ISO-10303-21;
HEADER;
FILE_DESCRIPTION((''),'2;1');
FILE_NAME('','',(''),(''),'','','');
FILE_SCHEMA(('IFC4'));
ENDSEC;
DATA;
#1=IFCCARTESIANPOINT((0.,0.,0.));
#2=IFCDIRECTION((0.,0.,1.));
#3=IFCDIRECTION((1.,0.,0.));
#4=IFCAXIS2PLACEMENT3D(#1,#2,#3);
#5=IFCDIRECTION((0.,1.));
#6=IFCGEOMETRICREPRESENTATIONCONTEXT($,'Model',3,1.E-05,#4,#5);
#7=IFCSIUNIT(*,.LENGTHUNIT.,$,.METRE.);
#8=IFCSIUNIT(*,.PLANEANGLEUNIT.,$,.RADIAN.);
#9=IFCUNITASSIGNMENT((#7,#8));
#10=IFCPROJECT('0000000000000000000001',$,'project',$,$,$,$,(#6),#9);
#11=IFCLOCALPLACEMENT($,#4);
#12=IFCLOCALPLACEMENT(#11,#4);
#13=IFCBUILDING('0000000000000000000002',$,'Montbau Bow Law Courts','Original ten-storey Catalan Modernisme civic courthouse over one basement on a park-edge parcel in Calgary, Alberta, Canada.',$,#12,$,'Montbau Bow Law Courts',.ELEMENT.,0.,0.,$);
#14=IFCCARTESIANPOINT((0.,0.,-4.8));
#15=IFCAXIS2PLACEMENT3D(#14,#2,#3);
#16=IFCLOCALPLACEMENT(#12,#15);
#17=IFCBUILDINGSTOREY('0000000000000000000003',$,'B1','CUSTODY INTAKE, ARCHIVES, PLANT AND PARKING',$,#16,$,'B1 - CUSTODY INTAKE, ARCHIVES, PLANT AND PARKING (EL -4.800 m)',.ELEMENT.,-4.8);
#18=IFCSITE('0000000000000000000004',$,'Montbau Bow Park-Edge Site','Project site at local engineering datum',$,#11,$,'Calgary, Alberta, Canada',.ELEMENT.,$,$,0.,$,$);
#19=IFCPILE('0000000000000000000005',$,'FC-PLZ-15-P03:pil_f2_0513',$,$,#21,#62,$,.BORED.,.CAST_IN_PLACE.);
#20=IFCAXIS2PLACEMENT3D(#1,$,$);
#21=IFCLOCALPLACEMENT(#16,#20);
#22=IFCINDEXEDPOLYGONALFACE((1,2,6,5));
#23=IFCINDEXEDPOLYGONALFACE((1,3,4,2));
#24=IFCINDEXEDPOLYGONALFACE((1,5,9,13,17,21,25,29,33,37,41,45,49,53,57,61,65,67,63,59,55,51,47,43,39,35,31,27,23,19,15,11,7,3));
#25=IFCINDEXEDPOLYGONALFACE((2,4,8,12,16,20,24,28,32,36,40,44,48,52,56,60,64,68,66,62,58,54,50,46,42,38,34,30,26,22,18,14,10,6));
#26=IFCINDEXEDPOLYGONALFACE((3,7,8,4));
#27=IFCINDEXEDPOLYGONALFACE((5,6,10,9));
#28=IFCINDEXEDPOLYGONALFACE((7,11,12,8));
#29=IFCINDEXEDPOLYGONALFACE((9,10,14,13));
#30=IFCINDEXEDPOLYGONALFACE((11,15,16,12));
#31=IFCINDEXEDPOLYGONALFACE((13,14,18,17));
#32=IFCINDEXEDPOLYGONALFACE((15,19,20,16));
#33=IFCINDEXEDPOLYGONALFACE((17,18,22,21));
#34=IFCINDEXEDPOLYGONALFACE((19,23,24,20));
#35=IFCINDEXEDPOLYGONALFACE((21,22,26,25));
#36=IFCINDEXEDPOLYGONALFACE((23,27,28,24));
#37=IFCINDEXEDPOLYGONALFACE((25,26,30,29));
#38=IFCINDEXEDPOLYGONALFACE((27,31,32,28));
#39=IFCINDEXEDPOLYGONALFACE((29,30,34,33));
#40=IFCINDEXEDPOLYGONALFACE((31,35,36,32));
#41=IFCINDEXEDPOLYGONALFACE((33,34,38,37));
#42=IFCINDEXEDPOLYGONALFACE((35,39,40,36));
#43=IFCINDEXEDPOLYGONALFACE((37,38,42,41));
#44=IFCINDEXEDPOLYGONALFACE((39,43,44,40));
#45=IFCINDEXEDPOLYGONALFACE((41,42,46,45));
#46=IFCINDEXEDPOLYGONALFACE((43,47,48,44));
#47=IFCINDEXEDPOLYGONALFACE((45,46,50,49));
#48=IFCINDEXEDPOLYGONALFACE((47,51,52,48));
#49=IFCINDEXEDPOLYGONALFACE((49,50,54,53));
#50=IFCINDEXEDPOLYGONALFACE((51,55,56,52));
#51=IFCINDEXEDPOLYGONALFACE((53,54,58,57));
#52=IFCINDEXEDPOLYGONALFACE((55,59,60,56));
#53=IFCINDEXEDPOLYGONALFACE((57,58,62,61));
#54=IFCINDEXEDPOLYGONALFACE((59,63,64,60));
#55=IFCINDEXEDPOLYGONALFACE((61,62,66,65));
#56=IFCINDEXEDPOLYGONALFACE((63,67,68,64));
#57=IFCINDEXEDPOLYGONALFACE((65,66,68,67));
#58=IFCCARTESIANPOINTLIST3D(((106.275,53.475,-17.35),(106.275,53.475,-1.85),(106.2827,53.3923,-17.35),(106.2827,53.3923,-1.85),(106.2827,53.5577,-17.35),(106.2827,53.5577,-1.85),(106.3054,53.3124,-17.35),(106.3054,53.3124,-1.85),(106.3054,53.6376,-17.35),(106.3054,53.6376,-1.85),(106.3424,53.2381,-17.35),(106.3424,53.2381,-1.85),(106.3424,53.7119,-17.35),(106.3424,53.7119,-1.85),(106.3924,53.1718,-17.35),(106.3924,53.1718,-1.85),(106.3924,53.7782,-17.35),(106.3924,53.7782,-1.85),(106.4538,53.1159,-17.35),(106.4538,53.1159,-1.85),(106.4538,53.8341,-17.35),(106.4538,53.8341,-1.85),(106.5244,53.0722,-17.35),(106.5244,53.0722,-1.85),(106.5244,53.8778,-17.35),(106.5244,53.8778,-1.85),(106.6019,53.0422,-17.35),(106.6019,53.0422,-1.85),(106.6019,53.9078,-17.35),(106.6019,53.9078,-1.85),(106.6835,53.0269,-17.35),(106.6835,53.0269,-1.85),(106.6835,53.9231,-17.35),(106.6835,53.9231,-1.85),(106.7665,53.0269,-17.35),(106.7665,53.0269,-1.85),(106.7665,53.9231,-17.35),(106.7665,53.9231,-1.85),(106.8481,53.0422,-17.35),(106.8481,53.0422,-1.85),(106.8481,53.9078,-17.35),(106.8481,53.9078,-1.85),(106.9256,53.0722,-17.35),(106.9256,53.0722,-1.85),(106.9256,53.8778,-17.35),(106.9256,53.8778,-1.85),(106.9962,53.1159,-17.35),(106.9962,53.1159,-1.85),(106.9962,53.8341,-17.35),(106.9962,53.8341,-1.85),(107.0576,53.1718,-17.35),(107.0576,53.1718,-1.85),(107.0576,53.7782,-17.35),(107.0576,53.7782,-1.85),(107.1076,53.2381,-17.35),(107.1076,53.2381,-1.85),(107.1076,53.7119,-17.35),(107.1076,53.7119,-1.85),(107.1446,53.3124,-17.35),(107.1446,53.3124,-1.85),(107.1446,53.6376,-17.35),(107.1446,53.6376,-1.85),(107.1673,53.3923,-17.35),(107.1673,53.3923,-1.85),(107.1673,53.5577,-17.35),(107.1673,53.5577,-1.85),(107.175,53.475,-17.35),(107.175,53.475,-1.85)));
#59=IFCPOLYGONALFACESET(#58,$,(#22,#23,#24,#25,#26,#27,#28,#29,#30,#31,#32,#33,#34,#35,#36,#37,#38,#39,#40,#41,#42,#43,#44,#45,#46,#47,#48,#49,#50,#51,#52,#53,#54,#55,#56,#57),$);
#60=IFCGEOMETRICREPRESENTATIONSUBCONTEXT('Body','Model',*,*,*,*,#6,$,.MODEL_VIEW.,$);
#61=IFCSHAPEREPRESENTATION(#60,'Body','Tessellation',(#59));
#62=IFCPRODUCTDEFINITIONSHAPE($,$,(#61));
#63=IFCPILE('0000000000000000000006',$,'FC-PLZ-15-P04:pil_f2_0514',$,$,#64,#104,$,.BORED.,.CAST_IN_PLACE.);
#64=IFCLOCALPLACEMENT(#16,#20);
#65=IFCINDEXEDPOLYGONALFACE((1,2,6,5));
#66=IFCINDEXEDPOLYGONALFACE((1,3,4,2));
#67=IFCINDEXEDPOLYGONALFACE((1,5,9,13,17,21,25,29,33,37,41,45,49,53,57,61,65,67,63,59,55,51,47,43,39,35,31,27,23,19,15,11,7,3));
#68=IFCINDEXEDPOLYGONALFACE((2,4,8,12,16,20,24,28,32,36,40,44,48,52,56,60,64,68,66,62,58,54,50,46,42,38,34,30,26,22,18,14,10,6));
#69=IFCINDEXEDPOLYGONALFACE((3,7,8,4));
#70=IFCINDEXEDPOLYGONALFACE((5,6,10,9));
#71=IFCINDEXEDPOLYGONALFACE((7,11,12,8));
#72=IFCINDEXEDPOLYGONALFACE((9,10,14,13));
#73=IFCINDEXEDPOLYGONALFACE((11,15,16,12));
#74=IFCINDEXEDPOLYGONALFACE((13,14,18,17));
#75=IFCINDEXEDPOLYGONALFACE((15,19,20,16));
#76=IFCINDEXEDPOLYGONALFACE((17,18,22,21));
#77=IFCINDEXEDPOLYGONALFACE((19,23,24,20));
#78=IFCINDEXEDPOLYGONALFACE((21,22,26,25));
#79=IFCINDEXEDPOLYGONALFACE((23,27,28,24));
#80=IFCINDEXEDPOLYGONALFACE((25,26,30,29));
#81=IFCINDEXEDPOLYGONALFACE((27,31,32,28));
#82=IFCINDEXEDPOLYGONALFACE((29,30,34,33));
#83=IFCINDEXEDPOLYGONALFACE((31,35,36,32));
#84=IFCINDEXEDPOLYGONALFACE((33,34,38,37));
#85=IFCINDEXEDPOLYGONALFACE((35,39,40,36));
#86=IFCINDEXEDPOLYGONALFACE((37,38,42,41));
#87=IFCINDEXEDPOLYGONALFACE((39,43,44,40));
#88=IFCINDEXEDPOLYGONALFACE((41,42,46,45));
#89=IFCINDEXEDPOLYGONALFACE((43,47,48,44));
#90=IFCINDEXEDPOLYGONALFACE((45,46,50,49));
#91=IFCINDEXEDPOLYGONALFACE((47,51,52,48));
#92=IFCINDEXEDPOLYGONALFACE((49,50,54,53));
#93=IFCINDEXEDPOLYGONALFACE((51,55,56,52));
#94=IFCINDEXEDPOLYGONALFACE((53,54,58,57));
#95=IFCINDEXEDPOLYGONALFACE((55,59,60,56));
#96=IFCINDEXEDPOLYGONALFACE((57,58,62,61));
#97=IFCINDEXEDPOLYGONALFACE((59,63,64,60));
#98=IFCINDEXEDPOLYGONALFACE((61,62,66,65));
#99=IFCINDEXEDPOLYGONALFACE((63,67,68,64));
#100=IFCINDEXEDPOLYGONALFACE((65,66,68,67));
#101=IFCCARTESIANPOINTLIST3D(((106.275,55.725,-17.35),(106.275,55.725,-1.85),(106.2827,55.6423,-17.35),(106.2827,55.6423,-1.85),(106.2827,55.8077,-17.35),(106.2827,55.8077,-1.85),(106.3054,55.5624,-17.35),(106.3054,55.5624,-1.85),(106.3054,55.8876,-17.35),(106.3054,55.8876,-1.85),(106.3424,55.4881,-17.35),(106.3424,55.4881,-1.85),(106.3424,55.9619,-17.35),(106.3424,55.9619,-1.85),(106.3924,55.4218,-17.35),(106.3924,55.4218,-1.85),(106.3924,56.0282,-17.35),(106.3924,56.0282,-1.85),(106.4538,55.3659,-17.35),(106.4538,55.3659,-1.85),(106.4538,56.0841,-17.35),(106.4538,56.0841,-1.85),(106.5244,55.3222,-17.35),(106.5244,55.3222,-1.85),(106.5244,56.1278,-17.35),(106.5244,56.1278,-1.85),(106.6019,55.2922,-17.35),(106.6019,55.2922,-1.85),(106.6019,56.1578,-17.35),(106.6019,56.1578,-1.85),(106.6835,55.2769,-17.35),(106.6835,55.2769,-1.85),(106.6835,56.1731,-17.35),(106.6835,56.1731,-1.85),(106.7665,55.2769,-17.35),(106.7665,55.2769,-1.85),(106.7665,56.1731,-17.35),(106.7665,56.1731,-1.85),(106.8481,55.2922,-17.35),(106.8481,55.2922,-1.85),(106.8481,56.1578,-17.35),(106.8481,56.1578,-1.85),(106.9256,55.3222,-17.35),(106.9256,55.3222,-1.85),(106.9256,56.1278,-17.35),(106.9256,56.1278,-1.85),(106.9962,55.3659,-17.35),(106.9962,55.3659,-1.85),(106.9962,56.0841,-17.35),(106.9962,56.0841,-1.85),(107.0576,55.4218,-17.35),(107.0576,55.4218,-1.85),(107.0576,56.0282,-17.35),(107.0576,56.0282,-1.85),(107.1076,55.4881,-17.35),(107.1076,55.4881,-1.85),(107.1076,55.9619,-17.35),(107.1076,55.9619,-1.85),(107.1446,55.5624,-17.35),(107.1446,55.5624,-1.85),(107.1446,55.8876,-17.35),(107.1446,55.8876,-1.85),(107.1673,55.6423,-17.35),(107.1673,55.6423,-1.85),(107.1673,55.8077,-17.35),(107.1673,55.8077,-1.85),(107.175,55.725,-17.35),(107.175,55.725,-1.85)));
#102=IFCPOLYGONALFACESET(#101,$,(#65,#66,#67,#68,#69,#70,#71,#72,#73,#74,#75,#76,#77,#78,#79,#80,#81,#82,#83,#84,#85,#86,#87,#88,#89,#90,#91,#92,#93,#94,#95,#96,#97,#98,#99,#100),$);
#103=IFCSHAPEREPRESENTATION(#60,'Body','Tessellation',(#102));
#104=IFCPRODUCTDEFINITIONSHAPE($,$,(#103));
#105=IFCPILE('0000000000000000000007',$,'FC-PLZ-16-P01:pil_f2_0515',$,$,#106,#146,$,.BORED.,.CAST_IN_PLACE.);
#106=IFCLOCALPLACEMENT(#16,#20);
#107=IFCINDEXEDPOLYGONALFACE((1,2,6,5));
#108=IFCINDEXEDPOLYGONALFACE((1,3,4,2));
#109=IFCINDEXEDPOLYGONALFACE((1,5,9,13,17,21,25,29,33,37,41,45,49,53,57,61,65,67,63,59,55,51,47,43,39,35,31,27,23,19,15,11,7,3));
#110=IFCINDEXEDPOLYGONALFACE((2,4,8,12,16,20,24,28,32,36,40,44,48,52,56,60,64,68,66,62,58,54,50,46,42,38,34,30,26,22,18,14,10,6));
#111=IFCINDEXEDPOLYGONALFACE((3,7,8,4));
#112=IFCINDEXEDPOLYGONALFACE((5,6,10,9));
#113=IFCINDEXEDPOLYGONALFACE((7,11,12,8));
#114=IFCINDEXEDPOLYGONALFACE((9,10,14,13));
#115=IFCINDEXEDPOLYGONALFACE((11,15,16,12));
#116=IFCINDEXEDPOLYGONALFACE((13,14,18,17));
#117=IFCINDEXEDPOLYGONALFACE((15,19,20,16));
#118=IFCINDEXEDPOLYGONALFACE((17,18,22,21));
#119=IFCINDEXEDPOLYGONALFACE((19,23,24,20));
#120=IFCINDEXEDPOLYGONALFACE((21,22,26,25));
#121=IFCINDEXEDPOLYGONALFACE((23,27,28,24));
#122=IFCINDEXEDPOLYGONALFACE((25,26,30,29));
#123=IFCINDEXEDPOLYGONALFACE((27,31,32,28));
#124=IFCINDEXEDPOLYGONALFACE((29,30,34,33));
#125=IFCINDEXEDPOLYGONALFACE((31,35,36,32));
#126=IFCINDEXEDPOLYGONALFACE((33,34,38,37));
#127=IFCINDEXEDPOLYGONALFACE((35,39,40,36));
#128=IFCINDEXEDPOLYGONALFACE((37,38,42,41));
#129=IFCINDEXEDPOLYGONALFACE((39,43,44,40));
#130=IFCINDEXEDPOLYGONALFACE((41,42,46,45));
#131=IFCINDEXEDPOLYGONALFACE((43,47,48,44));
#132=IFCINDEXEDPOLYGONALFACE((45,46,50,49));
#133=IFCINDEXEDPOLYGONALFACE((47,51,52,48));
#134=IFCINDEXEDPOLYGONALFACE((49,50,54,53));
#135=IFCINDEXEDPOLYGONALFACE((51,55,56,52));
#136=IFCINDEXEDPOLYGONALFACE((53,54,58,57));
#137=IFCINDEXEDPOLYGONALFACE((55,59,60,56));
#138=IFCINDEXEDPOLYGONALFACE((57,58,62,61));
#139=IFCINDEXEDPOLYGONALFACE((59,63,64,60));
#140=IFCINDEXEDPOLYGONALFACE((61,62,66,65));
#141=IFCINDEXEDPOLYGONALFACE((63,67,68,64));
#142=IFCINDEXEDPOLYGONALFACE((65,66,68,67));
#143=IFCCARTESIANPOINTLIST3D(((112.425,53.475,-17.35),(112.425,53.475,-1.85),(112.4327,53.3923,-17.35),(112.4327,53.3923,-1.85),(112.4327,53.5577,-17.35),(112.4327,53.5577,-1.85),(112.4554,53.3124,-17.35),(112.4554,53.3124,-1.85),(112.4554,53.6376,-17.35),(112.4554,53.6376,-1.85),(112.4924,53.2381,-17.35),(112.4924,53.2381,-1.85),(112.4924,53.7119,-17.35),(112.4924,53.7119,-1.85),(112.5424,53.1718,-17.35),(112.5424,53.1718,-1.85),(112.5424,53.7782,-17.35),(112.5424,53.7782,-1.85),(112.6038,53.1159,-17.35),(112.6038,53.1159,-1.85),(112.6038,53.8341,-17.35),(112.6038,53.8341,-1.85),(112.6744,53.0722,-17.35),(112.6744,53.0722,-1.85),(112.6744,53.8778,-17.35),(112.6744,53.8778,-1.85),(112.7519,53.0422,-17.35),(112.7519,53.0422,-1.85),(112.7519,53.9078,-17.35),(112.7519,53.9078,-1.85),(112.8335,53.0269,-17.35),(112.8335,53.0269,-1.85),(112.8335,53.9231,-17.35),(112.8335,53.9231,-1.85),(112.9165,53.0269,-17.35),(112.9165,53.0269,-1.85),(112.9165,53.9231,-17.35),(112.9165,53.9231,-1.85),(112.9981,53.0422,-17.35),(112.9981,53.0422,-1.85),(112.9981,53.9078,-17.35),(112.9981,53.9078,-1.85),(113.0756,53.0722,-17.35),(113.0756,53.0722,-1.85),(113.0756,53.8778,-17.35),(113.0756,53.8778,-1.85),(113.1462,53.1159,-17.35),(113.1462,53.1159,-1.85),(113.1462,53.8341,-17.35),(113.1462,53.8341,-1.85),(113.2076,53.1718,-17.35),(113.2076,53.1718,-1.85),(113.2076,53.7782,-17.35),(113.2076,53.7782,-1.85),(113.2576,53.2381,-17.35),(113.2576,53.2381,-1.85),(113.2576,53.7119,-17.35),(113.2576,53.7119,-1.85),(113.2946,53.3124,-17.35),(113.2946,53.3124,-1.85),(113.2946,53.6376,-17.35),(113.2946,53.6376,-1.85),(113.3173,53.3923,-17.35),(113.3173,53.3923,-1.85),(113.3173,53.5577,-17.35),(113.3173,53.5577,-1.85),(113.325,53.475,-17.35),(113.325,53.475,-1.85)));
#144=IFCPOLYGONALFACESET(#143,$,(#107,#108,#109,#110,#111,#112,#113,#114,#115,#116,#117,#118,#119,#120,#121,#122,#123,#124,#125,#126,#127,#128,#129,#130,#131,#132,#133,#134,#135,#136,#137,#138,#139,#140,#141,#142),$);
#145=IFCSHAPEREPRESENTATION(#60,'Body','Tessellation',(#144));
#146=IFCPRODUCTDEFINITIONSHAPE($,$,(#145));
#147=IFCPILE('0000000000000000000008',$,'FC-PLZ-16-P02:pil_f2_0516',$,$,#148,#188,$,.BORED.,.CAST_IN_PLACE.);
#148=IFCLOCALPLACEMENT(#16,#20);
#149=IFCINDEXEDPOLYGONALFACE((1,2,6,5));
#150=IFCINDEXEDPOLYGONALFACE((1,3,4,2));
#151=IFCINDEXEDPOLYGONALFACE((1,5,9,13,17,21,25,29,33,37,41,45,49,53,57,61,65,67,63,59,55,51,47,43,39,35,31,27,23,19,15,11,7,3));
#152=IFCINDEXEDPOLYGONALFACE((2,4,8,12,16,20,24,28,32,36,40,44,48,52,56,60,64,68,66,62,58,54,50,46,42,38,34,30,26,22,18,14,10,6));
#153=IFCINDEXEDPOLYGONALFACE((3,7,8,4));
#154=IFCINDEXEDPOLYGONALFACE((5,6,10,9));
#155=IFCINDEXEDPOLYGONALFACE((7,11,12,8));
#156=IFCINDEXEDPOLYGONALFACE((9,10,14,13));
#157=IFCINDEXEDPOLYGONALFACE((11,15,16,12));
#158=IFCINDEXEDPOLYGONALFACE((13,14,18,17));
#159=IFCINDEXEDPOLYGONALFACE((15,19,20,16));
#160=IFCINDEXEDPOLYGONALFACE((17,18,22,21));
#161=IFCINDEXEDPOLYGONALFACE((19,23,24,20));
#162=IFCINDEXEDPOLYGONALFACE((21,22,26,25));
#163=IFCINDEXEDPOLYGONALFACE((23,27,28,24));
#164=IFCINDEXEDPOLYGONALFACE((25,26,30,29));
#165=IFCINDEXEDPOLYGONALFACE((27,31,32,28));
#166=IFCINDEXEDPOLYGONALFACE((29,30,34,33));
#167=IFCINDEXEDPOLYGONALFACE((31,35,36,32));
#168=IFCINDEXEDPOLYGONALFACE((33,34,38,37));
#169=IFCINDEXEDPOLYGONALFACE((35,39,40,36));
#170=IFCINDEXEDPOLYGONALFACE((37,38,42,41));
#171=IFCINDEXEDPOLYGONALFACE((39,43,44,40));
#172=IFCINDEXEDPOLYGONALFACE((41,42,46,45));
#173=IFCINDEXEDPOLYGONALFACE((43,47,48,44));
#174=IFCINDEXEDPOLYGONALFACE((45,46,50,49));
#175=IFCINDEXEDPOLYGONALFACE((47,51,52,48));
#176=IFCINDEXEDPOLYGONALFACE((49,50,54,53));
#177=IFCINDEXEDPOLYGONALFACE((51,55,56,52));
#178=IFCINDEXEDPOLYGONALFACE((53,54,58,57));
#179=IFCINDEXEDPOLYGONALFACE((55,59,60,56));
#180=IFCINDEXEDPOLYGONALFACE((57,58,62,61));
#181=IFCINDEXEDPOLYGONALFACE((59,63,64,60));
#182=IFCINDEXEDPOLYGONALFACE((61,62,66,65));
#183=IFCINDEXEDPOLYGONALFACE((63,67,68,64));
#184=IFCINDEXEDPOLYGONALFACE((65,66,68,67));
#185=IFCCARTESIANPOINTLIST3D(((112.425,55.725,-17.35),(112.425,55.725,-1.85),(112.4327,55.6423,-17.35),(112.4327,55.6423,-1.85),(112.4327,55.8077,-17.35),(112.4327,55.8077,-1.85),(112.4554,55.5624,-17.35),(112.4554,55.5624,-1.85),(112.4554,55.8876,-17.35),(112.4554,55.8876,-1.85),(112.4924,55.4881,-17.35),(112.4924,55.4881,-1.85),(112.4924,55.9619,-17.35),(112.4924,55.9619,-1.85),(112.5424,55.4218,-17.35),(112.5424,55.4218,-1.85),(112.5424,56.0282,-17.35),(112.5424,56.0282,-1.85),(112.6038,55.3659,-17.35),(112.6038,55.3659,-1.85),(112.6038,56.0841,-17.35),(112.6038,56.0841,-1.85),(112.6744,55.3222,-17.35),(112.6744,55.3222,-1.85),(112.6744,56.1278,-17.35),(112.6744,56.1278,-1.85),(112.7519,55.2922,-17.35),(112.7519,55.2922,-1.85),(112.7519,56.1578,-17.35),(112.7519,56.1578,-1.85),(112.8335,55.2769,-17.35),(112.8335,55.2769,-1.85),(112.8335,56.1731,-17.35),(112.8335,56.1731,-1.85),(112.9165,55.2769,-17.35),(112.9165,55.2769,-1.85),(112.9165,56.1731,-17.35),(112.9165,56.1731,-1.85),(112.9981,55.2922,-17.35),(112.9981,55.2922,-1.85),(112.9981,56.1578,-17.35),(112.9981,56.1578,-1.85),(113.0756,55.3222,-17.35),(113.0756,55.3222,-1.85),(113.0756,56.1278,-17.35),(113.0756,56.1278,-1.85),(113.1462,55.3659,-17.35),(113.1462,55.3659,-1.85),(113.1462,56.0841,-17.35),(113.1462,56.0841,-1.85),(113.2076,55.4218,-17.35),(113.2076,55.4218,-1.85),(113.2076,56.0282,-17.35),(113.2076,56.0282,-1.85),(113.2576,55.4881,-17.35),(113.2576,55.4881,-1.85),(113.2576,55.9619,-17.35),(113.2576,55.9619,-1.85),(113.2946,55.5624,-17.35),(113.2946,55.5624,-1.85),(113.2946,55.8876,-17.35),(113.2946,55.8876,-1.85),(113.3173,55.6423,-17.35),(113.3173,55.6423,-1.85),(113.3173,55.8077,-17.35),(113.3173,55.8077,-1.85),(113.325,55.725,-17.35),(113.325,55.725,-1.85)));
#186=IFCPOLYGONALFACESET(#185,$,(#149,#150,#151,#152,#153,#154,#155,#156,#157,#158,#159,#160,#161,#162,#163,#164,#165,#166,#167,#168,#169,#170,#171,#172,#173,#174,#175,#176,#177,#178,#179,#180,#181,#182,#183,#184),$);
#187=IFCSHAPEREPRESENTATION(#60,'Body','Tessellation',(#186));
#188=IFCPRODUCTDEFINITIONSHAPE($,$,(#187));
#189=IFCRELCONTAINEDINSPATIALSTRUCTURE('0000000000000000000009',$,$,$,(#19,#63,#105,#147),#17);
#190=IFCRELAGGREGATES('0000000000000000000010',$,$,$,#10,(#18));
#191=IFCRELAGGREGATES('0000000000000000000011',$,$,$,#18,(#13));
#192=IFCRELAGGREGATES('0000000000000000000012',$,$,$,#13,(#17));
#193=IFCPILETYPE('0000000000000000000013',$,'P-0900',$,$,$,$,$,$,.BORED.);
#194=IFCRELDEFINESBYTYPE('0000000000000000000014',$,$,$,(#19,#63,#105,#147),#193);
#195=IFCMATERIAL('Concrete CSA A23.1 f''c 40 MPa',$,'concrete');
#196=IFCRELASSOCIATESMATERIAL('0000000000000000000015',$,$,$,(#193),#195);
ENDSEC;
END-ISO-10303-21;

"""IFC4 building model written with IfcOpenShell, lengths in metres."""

from ifc_helpers import new_model, si_unit, direction, frame, origin_with_axes, origin_2d_with_axis, place, context, subcontext, project, spatial, circle, extrude, material, material_profile, profile_set, type_object, element, save


model = new_model("IFC4")

# Units and contexts
model_context = context("Model", 3, precision=1e-05, world=origin_with_axes(), true_north=direction((0.0, 1.0)))
body_context = subcontext(model_context, "Body", "Model", "MODEL_VIEW")
ifc_project = project(units=[si_unit("LENGTHUNIT", "METRE"), si_unit("PLANEANGLEUNIT", "RADIAN")], contexts=[model_context])

# Site, building, storey
site_placement = place(None, origin_with_axes())
site = spatial("IfcSite", under=ifc_project, at=site_placement, Name="Montbau Bow Park-Edge Site", Description="Project site at local engineering datum", LongName="Calgary, Alberta, Canada", CompositionType="ELEMENT", RefElevation=0.0)
building_placement = place(site_placement, origin_with_axes())
building = spatial("IfcBuilding", under=site, at=building_placement, Name="Montbau Bow Law Courts", Description="Original ten-storey Catalan Modernisme civic courthouse over one basement on a park-edge parcel in Calgary, Alberta, Canada.", LongName="Montbau Bow Law Courts", CompositionType="ELEMENT", ElevationOfRefHeight=0.0, ElevationOfTerrain=0.0)
storey_placement = place(building_placement, frame((0.0, 0.0, -4.8), z_axis=(0.0, 0.0, 1.0), x_axis=(1.0, 0.0, 0.0)))
storey = spatial("IfcBuildingStorey", under=building, at=storey_placement, Name="B1", Description="CUSTODY INTAKE, ARCHIVES, PLANT AND PARKING", LongName="B1 - CUSTODY INTAKE, ARCHIVES, PLANT AND PARKING (EL -4.800 m)", CompositionType="ELEMENT", Elevation=-4.8)

# Piles
ifc_material_1 = material(Name="Concrete CSA A23.1 f'c 40 MPa", Category="concrete")
ifc_material_profile_1 = material_profile(ifc_material_1, circle(Radius=0.45, at=origin_2d_with_axis()), Name="BP900", Category="Main", Priority=0)
ifc_profile_set_1 = profile_set([ifc_material_profile_1], Name="Concrete CSA A23.1 f'c 40 MPa")
pile_type_1 = type_object("IfcPileType", Name="P-0900", PredefinedType="BORED", material=ifc_profile_set_1)
for number, where, z_axis, x_axis, name in (
    (1, (106.725, 53.475, -22.15), (0.0, 0.0, 1.0), (1.0, 0.0, 0.0), "FC-PLZ-15-P03:pil_f2_0513"),
    (2, (106.725, 55.725, -22.15), (0.0, 0.0, 1.0), (1.0, 0.0, 0.0), "FC-PLZ-15-P04:pil_f2_0514"),
    (3, (112.875, 53.475, -22.15), (0.0, 0.0, 1.0), (1.0, 0.0, 0.0), "FC-PLZ-16-P01:pil_f2_0515"),
    (4, (112.875, 55.725, -22.15), (0.0, 0.0, 1.0), (1.0, 0.0, 0.0), "FC-PLZ-16-P02:pil_f2_0516"),
):
    element("IfcPile", number, at=place(None, frame(where, z_axis=z_axis, x_axis=x_axis)), inside=storey, type_object=pile_type_1, Name=name, ConstructionType="CAST_IN_PLACE", PredefinedType="BORED", context=body_context, shape_type="SweptSolid", body=[
        extrude(circle(Radius=0.45, at=origin_2d_with_axis()), origin_with_axes(), (0.0, 0.0, 1.0), 15.5),
    ])

save(model, "model.ifc")
